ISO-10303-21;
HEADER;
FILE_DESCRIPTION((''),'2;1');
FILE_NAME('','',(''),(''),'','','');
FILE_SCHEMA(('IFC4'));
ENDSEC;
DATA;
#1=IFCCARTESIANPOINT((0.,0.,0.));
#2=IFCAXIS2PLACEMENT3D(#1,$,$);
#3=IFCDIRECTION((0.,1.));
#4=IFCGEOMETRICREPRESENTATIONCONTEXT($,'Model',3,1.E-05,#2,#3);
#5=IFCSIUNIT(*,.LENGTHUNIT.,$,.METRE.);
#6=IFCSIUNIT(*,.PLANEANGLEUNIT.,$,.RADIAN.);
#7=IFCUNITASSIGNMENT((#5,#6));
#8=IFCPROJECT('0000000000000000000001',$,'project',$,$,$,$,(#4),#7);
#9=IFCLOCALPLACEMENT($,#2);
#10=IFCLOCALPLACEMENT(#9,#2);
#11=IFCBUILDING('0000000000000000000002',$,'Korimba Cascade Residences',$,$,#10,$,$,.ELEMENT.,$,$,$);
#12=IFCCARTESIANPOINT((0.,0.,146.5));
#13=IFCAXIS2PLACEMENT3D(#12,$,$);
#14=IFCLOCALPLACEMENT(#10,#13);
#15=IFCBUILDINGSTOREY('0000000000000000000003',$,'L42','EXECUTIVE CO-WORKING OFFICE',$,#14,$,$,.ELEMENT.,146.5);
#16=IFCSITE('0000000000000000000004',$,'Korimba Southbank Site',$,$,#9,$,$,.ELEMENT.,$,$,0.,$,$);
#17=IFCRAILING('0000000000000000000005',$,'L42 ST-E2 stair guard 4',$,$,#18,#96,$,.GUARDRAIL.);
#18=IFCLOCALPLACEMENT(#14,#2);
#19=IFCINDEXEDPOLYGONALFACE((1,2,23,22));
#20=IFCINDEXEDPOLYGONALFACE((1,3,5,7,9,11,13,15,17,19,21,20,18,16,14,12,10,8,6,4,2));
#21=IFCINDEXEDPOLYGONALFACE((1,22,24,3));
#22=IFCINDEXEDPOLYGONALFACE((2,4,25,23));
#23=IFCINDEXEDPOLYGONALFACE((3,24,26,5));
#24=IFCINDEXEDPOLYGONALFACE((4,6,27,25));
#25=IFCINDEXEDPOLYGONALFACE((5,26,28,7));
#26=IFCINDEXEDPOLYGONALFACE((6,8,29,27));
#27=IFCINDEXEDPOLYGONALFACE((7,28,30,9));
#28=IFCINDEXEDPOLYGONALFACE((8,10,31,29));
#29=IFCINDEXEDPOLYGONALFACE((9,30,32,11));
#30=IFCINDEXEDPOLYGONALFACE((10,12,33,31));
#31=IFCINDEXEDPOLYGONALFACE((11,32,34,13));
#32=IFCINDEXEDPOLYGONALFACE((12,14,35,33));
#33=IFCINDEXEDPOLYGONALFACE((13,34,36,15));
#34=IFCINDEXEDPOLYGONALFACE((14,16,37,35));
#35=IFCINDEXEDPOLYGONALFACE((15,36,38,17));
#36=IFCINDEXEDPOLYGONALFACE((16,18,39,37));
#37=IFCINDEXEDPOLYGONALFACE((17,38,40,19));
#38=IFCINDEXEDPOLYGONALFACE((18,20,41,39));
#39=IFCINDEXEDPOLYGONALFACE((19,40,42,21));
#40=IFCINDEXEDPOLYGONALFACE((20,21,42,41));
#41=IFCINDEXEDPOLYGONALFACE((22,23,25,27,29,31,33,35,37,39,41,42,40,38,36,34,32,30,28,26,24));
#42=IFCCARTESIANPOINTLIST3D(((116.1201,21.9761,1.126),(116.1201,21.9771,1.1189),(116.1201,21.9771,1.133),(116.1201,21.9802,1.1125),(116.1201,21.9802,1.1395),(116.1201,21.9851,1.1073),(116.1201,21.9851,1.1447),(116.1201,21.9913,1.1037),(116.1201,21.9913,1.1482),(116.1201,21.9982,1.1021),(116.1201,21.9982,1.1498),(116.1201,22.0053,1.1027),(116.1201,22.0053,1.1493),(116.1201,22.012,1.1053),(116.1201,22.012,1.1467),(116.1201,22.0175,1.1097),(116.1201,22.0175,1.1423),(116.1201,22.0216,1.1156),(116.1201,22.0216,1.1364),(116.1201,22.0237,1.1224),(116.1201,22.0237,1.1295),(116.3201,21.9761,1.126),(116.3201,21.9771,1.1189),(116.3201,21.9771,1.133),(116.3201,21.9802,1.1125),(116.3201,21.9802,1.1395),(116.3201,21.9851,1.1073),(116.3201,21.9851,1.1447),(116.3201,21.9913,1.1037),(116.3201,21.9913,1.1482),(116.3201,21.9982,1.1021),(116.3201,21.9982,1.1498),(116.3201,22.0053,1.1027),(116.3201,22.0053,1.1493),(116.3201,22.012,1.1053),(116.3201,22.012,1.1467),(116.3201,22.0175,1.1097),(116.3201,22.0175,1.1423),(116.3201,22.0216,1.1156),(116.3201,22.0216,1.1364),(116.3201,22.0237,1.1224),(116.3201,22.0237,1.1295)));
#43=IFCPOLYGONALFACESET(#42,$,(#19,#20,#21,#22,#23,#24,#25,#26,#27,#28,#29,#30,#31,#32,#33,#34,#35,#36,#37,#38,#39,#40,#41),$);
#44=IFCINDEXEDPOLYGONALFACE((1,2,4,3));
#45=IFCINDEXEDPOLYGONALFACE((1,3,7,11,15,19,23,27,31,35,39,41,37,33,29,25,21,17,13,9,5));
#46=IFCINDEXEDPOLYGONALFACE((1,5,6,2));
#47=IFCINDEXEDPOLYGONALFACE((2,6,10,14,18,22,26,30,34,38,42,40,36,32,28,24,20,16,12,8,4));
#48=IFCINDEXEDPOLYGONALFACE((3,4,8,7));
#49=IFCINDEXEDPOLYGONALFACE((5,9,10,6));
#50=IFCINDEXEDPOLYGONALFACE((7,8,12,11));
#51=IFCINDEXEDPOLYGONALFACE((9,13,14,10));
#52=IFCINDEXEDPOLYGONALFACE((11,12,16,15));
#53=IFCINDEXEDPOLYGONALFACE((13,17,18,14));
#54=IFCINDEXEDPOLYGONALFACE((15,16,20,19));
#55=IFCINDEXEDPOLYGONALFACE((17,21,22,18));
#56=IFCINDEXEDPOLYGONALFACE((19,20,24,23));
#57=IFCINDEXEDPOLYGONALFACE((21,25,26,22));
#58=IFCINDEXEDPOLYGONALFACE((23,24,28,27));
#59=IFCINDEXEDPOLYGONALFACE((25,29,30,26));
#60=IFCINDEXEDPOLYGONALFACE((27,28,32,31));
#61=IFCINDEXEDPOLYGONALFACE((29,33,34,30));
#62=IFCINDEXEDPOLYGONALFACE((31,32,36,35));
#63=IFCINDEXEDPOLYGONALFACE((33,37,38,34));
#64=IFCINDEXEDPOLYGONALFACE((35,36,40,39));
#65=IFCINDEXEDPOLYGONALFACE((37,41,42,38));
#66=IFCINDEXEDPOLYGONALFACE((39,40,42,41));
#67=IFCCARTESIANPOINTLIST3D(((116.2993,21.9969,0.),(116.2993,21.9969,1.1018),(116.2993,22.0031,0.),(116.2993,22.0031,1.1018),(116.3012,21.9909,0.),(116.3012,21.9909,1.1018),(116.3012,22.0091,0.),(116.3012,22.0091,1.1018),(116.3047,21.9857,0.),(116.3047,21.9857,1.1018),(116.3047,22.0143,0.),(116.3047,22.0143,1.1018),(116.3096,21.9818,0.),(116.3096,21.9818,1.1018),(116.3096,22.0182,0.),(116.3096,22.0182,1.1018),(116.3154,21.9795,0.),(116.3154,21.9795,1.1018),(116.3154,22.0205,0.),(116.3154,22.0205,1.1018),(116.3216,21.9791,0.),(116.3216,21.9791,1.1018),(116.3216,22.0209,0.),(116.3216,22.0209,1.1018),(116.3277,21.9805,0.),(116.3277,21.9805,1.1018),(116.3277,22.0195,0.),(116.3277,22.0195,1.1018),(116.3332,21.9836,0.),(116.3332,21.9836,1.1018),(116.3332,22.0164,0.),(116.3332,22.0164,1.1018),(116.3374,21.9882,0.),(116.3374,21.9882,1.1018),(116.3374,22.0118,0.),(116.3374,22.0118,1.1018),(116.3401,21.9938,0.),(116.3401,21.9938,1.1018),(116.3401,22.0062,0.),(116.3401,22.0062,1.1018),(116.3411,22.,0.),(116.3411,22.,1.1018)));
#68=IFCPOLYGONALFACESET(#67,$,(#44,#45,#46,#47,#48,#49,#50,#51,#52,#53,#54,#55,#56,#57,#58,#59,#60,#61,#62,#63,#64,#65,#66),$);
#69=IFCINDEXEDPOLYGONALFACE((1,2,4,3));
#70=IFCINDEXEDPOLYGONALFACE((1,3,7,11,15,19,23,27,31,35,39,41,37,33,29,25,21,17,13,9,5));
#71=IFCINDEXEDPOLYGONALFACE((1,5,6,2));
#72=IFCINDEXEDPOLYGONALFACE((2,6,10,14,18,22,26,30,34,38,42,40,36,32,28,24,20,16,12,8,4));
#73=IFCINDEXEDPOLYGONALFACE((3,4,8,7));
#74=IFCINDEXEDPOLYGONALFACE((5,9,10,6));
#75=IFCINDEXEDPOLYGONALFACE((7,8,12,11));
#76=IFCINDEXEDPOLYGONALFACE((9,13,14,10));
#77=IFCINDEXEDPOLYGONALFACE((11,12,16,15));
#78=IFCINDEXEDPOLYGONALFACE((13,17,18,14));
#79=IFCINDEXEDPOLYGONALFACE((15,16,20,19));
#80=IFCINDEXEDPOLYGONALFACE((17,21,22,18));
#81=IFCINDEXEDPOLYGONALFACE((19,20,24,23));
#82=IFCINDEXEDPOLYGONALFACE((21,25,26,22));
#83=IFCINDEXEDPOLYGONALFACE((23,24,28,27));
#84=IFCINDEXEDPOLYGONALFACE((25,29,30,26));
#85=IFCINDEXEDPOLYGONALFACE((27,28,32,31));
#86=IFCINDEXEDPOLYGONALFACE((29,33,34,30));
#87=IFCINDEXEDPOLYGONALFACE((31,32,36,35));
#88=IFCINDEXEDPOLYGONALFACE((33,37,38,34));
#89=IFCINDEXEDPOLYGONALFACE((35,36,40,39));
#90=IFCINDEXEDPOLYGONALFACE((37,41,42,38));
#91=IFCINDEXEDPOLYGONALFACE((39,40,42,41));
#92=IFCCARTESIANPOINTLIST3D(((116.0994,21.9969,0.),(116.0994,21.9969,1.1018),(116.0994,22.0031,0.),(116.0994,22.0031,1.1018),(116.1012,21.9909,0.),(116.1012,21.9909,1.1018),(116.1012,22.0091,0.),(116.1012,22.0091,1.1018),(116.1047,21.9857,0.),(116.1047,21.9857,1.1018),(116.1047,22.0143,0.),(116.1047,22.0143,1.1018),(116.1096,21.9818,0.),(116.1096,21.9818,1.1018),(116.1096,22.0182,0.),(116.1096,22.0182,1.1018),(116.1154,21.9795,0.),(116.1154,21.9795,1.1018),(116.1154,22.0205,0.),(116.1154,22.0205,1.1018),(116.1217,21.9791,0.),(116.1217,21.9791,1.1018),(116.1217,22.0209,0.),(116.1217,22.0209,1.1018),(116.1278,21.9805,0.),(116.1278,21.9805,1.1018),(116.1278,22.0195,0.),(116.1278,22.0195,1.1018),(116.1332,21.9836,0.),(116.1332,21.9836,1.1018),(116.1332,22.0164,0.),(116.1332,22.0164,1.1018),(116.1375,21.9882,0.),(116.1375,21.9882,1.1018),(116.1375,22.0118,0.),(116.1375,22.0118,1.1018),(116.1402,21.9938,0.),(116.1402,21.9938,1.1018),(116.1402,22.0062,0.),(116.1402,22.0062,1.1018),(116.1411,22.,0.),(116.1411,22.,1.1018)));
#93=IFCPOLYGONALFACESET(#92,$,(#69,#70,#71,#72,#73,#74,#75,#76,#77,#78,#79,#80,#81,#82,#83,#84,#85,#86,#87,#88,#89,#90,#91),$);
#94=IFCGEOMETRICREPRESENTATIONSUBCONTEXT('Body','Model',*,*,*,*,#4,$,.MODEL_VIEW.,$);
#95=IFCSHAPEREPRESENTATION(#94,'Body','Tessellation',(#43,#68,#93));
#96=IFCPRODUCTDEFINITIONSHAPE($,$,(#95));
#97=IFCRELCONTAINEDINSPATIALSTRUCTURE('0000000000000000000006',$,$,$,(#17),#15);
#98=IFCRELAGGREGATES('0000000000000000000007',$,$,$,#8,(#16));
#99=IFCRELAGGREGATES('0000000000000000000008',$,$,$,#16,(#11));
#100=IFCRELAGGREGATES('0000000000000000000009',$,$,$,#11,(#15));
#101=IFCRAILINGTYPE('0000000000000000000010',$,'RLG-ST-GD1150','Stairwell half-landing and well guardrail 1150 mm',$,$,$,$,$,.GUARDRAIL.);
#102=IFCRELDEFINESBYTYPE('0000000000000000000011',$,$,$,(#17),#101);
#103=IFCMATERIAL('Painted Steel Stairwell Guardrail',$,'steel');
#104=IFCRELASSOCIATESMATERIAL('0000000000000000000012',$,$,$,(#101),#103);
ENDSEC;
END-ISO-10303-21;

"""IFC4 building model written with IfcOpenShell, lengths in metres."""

from ifc_helpers import new_model, si_unit, direction, frame, origin, origin_2d, place, context, subcontext, project, spatial, circle, extrude, material, type_object, element, save


model = new_model("IFC4")

# Units and contexts
model_context = context("Model", 3, precision=1e-05, world=origin(), true_north=direction((0.0, 1.0)))
body_context = subcontext(model_context, "Body", "Model", "MODEL_VIEW")
ifc_project = project(units=[si_unit("LENGTHUNIT", "METRE"), si_unit("PLANEANGLEUNIT", "RADIAN")], contexts=[model_context])

# Site, building, storey
site_placement = place(None, origin())
site = spatial("IfcSite", under=ifc_project, at=site_placement, Name="Korimba Southbank Site", CompositionType="ELEMENT", RefElevation=0.0)
building_placement = place(site_placement, origin())
building = spatial("IfcBuilding", under=site, at=building_placement, Name="Korimba Cascade Residences", CompositionType="ELEMENT")
storey_placement = place(building_placement, frame((0.0, 0.0, 146.5)))
storey = spatial("IfcBuildingStorey", under=building, at=storey_placement, Name="L42", Description="EXECUTIVE CO-WORKING OFFICE", CompositionType="ELEMENT", Elevation=146.5)

# Railing
ifc_material_1 = material(Name="Painted Steel Stairwell Guardrail", Category="steel")
railing_type_1 = type_object("IfcRailingType", Name="RLG-ST-GD1150", Description="Stairwell half-landing and well guardrail 1150 mm", PredefinedType="GUARDRAIL", material=ifc_material_1)
railing_1_placement = place(storey_placement, frame((116.3201, 22.0, 0.0)))
element("IfcRailing", 1, at=railing_1_placement, inside=storey, type_object=railing_type_1, Name="L42 ST-E2 stair guard 4", PredefinedType="GUARDRAIL", context=body_context, shape_type="SweptSolid", body=[
    extrude(circle(Radius=0.0239, at=origin_2d()), frame((0.0, 0.0, 1.126), z_axis=(-1.0, 0.0, 0.0), x_axis=(0.0, -1.0, 0.0)), (0.0, 0.0, 1.0), 0.2),
    extrude(circle(Radius=0.021, at=origin_2d()), origin(), (0.0, 0.0, 1.0), 1.1018),
    extrude(circle(Radius=0.021, at=origin_2d()), frame((-0.2, 0.0, 0.0)), (0.0, 0.0, 1.0), 1.1018),
])

save(model, "model.ifc")
